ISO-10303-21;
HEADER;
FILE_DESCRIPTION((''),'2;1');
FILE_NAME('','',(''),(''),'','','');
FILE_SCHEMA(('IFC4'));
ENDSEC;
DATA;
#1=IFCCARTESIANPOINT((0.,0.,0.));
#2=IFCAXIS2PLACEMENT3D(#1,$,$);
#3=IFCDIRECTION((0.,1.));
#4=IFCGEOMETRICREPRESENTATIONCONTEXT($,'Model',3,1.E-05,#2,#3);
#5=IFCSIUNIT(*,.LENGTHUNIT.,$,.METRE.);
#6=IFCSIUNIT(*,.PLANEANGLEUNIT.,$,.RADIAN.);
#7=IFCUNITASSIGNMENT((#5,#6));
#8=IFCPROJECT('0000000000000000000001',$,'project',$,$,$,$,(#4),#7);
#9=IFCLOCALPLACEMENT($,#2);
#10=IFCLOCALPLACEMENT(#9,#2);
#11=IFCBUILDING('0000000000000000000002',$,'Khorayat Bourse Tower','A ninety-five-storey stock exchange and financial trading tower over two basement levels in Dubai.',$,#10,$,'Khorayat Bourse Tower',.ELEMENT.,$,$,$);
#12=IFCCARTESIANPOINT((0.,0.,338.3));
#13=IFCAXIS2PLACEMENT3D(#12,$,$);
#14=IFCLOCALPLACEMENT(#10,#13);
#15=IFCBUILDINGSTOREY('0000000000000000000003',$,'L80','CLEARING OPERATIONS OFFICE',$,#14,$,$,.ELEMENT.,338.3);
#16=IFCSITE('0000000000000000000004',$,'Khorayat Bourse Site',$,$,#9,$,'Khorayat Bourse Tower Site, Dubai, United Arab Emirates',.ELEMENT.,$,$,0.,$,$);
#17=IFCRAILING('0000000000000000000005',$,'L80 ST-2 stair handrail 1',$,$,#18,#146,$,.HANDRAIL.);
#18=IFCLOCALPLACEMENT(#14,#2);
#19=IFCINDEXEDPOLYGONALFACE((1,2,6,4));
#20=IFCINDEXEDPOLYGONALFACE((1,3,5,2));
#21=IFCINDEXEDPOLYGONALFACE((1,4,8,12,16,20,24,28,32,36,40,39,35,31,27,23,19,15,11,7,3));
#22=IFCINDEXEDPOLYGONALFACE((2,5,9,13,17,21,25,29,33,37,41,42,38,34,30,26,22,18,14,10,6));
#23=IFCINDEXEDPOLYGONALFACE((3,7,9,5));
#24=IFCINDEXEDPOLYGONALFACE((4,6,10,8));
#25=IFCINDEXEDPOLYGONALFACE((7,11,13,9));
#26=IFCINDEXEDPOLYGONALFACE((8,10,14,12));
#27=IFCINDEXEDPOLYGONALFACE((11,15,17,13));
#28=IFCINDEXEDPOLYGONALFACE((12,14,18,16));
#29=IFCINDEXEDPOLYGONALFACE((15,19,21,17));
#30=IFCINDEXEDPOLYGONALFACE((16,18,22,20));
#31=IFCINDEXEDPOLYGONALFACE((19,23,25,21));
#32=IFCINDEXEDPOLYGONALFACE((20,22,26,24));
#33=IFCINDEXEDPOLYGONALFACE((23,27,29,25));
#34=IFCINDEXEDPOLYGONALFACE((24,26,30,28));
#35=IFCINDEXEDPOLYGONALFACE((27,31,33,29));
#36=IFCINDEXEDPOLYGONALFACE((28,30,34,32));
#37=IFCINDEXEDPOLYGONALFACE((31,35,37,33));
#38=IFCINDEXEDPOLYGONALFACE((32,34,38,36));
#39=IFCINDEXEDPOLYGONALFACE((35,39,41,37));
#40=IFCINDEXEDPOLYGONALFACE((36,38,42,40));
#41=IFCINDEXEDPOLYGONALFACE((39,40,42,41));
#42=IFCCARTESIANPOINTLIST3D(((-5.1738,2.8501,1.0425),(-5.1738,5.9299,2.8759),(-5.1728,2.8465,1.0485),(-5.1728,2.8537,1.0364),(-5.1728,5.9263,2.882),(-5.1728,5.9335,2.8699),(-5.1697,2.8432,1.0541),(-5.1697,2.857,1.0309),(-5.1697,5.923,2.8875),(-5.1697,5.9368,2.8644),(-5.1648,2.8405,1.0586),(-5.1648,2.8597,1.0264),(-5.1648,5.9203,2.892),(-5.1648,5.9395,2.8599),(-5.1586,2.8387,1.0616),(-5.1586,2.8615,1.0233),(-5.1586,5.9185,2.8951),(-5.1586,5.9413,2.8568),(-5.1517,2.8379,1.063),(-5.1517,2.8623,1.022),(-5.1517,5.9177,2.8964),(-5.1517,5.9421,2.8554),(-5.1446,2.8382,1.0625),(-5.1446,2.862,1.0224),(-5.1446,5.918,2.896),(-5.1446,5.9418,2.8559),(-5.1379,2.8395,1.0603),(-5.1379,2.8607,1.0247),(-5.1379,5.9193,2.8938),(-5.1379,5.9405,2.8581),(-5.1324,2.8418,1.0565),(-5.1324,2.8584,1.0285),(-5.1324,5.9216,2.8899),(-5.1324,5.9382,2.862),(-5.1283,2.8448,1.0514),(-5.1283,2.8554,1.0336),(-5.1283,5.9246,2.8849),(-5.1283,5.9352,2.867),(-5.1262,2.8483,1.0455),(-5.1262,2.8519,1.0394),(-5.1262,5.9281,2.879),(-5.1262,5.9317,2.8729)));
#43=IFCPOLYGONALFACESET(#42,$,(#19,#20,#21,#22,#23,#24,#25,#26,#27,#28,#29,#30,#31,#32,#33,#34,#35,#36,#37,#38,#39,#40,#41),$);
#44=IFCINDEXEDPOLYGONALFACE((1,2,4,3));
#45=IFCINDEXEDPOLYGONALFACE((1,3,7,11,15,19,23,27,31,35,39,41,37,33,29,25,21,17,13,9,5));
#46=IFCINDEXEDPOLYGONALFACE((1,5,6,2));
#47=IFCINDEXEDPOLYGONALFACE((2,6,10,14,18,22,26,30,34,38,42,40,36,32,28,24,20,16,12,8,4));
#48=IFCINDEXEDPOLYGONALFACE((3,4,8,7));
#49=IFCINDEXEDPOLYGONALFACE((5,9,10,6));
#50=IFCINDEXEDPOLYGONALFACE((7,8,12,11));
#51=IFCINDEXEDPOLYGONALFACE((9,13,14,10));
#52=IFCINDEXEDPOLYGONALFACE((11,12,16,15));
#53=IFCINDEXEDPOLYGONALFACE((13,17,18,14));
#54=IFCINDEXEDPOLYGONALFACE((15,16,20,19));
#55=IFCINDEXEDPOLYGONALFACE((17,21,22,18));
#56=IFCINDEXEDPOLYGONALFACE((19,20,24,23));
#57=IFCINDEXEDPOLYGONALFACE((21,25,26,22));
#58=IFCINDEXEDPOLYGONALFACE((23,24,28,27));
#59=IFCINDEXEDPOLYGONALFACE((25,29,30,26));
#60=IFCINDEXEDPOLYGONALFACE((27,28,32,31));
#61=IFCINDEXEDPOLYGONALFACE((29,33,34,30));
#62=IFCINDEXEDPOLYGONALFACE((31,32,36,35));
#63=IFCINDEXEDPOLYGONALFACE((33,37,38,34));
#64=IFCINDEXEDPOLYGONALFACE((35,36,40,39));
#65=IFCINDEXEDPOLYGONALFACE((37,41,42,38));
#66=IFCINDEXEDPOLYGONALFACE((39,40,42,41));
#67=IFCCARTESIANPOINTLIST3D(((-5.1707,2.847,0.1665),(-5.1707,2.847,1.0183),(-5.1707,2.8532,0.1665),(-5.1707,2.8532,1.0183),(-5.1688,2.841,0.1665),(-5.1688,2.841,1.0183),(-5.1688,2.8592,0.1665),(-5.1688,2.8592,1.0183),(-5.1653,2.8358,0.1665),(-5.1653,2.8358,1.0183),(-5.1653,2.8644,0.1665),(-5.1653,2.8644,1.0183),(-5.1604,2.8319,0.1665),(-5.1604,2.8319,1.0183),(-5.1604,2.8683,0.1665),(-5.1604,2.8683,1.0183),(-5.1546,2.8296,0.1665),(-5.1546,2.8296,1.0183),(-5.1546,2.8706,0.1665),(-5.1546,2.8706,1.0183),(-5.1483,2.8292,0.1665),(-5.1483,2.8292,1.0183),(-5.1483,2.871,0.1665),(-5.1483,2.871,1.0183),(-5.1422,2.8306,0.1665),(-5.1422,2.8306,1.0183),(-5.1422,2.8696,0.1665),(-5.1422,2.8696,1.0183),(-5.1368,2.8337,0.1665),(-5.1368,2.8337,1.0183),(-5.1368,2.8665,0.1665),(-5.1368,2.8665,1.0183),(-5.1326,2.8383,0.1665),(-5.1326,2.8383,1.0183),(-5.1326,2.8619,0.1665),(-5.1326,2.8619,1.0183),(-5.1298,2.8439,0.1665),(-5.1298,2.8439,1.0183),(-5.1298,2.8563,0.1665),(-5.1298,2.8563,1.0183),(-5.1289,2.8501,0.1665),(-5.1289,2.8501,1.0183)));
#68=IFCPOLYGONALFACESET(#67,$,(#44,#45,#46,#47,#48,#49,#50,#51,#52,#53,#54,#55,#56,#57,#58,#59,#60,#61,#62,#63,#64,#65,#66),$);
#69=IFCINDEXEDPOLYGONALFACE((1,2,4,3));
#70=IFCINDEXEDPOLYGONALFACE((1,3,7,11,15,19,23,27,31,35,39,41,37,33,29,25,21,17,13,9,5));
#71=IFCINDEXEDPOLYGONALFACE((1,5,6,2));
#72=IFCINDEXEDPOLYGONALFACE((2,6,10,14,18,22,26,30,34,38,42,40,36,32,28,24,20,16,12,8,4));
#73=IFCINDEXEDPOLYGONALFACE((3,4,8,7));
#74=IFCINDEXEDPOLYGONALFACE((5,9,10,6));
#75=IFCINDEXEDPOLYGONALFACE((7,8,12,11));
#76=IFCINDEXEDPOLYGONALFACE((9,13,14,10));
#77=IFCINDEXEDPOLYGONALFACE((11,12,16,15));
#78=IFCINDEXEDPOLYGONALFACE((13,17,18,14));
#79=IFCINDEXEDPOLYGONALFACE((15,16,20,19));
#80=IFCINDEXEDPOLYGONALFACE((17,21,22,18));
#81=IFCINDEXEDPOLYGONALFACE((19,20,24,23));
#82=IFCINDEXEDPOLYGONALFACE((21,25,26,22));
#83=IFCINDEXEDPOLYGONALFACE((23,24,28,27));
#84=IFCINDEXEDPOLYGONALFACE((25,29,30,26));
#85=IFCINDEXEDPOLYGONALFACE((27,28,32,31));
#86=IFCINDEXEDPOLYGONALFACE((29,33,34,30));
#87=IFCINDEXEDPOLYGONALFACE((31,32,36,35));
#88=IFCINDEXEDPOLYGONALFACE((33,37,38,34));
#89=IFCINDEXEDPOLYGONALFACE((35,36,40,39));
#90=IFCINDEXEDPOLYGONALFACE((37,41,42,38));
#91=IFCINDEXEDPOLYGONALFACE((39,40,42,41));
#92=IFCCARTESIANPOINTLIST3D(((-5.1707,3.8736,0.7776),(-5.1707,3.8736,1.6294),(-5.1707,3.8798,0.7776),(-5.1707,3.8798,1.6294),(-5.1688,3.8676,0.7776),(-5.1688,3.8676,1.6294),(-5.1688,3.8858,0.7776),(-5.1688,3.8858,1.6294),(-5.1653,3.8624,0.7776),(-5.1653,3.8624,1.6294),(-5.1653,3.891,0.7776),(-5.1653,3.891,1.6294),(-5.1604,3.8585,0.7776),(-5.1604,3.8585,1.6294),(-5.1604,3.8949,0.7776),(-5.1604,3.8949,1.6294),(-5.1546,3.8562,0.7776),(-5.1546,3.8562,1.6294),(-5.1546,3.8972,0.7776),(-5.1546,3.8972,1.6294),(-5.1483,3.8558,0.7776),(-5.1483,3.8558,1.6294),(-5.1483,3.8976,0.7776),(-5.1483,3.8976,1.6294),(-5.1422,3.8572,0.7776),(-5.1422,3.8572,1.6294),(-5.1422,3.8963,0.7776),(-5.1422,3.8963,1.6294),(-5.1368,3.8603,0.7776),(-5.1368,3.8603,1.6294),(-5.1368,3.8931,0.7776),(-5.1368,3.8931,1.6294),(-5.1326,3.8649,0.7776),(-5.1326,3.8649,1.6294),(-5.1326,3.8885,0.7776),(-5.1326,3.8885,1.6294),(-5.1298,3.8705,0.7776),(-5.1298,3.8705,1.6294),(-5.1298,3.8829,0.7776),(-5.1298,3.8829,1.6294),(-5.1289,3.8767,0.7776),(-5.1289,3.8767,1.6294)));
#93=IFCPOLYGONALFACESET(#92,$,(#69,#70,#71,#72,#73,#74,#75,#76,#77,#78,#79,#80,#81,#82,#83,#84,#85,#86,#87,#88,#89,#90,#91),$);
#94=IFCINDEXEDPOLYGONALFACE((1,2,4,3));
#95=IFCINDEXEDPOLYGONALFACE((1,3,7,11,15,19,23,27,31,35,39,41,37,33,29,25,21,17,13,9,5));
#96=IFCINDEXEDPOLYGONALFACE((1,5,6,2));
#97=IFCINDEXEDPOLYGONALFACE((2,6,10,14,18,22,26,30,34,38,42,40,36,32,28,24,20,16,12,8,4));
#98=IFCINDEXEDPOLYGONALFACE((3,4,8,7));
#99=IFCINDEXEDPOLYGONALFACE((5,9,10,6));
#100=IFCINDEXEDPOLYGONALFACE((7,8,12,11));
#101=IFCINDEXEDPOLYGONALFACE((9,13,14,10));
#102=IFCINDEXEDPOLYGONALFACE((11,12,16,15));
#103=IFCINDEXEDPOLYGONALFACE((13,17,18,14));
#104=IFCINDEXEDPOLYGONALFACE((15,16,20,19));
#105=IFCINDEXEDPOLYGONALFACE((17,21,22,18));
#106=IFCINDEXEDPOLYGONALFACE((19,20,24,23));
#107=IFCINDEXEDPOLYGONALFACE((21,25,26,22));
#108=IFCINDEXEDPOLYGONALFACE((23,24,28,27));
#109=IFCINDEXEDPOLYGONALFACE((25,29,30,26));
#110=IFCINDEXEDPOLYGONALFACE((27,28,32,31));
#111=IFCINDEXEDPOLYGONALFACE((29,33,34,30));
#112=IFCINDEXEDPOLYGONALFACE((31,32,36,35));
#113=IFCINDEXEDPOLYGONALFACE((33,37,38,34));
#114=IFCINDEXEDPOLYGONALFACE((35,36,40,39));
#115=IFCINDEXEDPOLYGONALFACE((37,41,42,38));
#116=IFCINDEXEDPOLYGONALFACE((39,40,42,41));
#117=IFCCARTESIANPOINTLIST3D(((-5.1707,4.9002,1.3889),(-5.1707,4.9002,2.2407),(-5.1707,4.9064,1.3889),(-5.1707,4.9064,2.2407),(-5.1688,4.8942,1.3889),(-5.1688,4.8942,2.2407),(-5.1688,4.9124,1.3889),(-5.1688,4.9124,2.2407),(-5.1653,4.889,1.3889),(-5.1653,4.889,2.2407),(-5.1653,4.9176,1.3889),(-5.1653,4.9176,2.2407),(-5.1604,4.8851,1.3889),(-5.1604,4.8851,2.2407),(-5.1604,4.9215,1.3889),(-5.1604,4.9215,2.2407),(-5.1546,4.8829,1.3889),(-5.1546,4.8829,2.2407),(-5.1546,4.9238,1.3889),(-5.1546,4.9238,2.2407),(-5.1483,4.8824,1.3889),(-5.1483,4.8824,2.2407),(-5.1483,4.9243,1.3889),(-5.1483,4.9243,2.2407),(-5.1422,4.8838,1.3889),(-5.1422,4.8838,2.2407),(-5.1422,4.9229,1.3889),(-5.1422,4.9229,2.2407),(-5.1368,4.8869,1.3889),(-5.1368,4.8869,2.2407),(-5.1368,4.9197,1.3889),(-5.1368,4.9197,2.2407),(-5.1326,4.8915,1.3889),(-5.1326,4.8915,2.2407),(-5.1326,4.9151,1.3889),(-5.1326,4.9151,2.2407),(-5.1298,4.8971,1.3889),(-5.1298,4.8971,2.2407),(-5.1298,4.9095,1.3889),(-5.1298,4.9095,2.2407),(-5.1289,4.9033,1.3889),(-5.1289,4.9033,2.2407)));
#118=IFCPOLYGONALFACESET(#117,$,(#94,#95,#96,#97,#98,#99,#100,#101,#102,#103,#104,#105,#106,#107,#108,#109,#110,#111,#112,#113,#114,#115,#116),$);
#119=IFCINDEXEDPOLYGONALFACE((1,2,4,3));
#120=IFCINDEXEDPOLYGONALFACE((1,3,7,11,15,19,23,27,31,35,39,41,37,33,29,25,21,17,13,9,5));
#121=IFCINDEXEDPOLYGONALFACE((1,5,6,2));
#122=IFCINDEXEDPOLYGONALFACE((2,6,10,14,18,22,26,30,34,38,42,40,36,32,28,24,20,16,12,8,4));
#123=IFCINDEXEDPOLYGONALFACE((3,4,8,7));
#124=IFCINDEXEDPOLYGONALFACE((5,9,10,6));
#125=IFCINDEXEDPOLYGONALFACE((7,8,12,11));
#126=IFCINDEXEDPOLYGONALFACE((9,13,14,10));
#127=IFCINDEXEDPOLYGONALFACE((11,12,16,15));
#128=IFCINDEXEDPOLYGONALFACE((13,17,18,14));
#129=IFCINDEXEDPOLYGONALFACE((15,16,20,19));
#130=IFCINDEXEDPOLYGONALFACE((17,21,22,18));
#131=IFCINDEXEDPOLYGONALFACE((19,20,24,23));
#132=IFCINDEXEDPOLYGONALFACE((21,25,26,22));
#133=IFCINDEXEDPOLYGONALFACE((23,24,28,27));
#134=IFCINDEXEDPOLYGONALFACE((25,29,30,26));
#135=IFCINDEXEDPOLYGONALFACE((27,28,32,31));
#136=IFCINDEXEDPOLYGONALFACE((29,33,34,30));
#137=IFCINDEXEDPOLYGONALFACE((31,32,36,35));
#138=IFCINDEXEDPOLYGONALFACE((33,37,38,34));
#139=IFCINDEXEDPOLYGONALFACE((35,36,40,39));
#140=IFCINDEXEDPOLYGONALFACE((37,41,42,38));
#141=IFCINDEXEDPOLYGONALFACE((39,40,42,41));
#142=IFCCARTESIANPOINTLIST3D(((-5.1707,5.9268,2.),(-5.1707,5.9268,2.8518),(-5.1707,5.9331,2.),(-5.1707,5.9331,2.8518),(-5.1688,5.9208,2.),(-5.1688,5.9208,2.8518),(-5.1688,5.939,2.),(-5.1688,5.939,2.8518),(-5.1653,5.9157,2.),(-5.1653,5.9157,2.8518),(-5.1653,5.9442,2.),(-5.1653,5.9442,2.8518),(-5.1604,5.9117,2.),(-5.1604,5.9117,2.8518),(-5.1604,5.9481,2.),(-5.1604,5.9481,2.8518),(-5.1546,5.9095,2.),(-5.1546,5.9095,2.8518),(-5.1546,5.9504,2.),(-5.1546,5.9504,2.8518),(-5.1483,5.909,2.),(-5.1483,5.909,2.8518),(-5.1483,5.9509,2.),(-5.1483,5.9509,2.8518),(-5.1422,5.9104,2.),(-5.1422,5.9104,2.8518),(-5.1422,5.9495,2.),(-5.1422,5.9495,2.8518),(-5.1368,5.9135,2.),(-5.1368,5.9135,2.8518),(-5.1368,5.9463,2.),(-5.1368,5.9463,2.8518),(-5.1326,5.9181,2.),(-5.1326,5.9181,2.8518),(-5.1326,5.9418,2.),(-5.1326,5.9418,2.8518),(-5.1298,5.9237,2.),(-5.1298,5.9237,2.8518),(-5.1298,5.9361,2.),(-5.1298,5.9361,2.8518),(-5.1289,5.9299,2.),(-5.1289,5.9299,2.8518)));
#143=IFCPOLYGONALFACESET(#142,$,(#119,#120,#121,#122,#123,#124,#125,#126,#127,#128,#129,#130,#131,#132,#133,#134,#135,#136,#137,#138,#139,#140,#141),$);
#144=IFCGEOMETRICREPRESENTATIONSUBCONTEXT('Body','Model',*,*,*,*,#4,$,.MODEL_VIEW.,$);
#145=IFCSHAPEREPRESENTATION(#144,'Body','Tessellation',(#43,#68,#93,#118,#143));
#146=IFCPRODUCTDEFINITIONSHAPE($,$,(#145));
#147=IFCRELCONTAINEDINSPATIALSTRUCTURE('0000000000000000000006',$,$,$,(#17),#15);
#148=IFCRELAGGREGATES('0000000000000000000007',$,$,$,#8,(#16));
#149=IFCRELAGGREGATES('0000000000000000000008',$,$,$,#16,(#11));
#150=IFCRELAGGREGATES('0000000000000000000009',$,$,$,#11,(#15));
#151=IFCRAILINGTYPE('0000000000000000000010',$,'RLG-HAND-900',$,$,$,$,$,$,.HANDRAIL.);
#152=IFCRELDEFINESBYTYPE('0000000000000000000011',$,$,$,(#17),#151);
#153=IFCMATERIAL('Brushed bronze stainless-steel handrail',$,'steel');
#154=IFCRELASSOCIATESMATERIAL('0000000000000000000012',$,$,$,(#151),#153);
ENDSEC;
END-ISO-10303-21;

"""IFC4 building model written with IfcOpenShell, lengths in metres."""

from ifc_helpers import new_model, si_unit, direction, frame, origin, origin_2d, place, context, subcontext, project, spatial, circle, extrude, source, transform, mapped, material, type_object, element, save


model = new_model("IFC4")

# Units and contexts
model_context = context("Model", 3, precision=1e-05, world=origin(), true_north=direction((0.0, 1.0)))
body_context = subcontext(model_context, "Body", "Model", "MODEL_VIEW")
ifc_project = project(units=[si_unit("LENGTHUNIT", "METRE"), si_unit("PLANEANGLEUNIT", "RADIAN")], contexts=[model_context])

# Site, building, storey
site_placement = place(None, origin())
site = spatial("IfcSite", under=ifc_project, at=site_placement, Name="Khorayat Bourse Site", LongName="Khorayat Bourse Tower Site, Dubai, United Arab Emirates", CompositionType="ELEMENT", RefElevation=0.0)
building_placement = place(site_placement, origin())
building = spatial("IfcBuilding", under=site, at=building_placement, Name="Khorayat Bourse Tower", Description="A ninety-five-storey stock exchange and financial trading tower over two basement levels in Dubai.", LongName="Khorayat Bourse Tower", CompositionType="ELEMENT")
storey_placement = place(building_placement, frame((0.0, 0.0, 338.3)))
storey = spatial("IfcBuildingStorey", under=building, at=storey_placement, Name="L80", Description="CLEARING OPERATIONS OFFICE", CompositionType="ELEMENT", Elevation=338.3)

# Railing
ifc_material_1 = material(Name="Brushed bronze stainless-steel handrail", Category="steel")
railing_type_1 = type_object("IfcRailingType", Name="RLG-HAND-900", PredefinedType="HANDRAIL", material=ifc_material_1)
shared_shape_1 = source(origin(), body_context, "Body", "SweptSolid", [
    extrude(circle(Radius=0.0239, at=origin_2d()), frame((0.0, 0.0, 0.876), z_axis=(0.0, 0.859261, 0.511538), x_axis=(-1.0, 0.0, 0.0)), (0.0, 0.0, 1.0), 3.5842),
    extrude(circle(Radius=0.021, at=origin_2d()), origin(), (0.0, 0.0, 1.0), 0.8518),
    extrude(circle(Radius=0.021, at=origin_2d()), frame((0.0, 1.0266, 0.6111)), (0.0, 0.0, 1.0), 0.8518),
    extrude(circle(Radius=0.021, at=origin_2d()), frame((0.0, 2.0532, 1.2224)), (0.0, 0.0, 1.0), 0.8518),
    extrude(circle(Radius=0.021, at=origin_2d()), frame((0.0, 3.0798, 1.8335)), (0.0, 0.0, 1.0), 0.8518),
])
railing_1_placement = place(storey_placement, frame((-5.1499, 2.8501, 0.1665)))
element("IfcRailing", 1, at=railing_1_placement, inside=storey, type_object=railing_type_1, Name="L80 ST-2 stair handrail 1", PredefinedType="HANDRAIL", context=body_context, shape_type="MappedRepresentation", body=[
    mapped(shared_shape_1, transform((0.0, 0.0, 0.0), scale=1.0)),
])

save(model, "model.ifc")
